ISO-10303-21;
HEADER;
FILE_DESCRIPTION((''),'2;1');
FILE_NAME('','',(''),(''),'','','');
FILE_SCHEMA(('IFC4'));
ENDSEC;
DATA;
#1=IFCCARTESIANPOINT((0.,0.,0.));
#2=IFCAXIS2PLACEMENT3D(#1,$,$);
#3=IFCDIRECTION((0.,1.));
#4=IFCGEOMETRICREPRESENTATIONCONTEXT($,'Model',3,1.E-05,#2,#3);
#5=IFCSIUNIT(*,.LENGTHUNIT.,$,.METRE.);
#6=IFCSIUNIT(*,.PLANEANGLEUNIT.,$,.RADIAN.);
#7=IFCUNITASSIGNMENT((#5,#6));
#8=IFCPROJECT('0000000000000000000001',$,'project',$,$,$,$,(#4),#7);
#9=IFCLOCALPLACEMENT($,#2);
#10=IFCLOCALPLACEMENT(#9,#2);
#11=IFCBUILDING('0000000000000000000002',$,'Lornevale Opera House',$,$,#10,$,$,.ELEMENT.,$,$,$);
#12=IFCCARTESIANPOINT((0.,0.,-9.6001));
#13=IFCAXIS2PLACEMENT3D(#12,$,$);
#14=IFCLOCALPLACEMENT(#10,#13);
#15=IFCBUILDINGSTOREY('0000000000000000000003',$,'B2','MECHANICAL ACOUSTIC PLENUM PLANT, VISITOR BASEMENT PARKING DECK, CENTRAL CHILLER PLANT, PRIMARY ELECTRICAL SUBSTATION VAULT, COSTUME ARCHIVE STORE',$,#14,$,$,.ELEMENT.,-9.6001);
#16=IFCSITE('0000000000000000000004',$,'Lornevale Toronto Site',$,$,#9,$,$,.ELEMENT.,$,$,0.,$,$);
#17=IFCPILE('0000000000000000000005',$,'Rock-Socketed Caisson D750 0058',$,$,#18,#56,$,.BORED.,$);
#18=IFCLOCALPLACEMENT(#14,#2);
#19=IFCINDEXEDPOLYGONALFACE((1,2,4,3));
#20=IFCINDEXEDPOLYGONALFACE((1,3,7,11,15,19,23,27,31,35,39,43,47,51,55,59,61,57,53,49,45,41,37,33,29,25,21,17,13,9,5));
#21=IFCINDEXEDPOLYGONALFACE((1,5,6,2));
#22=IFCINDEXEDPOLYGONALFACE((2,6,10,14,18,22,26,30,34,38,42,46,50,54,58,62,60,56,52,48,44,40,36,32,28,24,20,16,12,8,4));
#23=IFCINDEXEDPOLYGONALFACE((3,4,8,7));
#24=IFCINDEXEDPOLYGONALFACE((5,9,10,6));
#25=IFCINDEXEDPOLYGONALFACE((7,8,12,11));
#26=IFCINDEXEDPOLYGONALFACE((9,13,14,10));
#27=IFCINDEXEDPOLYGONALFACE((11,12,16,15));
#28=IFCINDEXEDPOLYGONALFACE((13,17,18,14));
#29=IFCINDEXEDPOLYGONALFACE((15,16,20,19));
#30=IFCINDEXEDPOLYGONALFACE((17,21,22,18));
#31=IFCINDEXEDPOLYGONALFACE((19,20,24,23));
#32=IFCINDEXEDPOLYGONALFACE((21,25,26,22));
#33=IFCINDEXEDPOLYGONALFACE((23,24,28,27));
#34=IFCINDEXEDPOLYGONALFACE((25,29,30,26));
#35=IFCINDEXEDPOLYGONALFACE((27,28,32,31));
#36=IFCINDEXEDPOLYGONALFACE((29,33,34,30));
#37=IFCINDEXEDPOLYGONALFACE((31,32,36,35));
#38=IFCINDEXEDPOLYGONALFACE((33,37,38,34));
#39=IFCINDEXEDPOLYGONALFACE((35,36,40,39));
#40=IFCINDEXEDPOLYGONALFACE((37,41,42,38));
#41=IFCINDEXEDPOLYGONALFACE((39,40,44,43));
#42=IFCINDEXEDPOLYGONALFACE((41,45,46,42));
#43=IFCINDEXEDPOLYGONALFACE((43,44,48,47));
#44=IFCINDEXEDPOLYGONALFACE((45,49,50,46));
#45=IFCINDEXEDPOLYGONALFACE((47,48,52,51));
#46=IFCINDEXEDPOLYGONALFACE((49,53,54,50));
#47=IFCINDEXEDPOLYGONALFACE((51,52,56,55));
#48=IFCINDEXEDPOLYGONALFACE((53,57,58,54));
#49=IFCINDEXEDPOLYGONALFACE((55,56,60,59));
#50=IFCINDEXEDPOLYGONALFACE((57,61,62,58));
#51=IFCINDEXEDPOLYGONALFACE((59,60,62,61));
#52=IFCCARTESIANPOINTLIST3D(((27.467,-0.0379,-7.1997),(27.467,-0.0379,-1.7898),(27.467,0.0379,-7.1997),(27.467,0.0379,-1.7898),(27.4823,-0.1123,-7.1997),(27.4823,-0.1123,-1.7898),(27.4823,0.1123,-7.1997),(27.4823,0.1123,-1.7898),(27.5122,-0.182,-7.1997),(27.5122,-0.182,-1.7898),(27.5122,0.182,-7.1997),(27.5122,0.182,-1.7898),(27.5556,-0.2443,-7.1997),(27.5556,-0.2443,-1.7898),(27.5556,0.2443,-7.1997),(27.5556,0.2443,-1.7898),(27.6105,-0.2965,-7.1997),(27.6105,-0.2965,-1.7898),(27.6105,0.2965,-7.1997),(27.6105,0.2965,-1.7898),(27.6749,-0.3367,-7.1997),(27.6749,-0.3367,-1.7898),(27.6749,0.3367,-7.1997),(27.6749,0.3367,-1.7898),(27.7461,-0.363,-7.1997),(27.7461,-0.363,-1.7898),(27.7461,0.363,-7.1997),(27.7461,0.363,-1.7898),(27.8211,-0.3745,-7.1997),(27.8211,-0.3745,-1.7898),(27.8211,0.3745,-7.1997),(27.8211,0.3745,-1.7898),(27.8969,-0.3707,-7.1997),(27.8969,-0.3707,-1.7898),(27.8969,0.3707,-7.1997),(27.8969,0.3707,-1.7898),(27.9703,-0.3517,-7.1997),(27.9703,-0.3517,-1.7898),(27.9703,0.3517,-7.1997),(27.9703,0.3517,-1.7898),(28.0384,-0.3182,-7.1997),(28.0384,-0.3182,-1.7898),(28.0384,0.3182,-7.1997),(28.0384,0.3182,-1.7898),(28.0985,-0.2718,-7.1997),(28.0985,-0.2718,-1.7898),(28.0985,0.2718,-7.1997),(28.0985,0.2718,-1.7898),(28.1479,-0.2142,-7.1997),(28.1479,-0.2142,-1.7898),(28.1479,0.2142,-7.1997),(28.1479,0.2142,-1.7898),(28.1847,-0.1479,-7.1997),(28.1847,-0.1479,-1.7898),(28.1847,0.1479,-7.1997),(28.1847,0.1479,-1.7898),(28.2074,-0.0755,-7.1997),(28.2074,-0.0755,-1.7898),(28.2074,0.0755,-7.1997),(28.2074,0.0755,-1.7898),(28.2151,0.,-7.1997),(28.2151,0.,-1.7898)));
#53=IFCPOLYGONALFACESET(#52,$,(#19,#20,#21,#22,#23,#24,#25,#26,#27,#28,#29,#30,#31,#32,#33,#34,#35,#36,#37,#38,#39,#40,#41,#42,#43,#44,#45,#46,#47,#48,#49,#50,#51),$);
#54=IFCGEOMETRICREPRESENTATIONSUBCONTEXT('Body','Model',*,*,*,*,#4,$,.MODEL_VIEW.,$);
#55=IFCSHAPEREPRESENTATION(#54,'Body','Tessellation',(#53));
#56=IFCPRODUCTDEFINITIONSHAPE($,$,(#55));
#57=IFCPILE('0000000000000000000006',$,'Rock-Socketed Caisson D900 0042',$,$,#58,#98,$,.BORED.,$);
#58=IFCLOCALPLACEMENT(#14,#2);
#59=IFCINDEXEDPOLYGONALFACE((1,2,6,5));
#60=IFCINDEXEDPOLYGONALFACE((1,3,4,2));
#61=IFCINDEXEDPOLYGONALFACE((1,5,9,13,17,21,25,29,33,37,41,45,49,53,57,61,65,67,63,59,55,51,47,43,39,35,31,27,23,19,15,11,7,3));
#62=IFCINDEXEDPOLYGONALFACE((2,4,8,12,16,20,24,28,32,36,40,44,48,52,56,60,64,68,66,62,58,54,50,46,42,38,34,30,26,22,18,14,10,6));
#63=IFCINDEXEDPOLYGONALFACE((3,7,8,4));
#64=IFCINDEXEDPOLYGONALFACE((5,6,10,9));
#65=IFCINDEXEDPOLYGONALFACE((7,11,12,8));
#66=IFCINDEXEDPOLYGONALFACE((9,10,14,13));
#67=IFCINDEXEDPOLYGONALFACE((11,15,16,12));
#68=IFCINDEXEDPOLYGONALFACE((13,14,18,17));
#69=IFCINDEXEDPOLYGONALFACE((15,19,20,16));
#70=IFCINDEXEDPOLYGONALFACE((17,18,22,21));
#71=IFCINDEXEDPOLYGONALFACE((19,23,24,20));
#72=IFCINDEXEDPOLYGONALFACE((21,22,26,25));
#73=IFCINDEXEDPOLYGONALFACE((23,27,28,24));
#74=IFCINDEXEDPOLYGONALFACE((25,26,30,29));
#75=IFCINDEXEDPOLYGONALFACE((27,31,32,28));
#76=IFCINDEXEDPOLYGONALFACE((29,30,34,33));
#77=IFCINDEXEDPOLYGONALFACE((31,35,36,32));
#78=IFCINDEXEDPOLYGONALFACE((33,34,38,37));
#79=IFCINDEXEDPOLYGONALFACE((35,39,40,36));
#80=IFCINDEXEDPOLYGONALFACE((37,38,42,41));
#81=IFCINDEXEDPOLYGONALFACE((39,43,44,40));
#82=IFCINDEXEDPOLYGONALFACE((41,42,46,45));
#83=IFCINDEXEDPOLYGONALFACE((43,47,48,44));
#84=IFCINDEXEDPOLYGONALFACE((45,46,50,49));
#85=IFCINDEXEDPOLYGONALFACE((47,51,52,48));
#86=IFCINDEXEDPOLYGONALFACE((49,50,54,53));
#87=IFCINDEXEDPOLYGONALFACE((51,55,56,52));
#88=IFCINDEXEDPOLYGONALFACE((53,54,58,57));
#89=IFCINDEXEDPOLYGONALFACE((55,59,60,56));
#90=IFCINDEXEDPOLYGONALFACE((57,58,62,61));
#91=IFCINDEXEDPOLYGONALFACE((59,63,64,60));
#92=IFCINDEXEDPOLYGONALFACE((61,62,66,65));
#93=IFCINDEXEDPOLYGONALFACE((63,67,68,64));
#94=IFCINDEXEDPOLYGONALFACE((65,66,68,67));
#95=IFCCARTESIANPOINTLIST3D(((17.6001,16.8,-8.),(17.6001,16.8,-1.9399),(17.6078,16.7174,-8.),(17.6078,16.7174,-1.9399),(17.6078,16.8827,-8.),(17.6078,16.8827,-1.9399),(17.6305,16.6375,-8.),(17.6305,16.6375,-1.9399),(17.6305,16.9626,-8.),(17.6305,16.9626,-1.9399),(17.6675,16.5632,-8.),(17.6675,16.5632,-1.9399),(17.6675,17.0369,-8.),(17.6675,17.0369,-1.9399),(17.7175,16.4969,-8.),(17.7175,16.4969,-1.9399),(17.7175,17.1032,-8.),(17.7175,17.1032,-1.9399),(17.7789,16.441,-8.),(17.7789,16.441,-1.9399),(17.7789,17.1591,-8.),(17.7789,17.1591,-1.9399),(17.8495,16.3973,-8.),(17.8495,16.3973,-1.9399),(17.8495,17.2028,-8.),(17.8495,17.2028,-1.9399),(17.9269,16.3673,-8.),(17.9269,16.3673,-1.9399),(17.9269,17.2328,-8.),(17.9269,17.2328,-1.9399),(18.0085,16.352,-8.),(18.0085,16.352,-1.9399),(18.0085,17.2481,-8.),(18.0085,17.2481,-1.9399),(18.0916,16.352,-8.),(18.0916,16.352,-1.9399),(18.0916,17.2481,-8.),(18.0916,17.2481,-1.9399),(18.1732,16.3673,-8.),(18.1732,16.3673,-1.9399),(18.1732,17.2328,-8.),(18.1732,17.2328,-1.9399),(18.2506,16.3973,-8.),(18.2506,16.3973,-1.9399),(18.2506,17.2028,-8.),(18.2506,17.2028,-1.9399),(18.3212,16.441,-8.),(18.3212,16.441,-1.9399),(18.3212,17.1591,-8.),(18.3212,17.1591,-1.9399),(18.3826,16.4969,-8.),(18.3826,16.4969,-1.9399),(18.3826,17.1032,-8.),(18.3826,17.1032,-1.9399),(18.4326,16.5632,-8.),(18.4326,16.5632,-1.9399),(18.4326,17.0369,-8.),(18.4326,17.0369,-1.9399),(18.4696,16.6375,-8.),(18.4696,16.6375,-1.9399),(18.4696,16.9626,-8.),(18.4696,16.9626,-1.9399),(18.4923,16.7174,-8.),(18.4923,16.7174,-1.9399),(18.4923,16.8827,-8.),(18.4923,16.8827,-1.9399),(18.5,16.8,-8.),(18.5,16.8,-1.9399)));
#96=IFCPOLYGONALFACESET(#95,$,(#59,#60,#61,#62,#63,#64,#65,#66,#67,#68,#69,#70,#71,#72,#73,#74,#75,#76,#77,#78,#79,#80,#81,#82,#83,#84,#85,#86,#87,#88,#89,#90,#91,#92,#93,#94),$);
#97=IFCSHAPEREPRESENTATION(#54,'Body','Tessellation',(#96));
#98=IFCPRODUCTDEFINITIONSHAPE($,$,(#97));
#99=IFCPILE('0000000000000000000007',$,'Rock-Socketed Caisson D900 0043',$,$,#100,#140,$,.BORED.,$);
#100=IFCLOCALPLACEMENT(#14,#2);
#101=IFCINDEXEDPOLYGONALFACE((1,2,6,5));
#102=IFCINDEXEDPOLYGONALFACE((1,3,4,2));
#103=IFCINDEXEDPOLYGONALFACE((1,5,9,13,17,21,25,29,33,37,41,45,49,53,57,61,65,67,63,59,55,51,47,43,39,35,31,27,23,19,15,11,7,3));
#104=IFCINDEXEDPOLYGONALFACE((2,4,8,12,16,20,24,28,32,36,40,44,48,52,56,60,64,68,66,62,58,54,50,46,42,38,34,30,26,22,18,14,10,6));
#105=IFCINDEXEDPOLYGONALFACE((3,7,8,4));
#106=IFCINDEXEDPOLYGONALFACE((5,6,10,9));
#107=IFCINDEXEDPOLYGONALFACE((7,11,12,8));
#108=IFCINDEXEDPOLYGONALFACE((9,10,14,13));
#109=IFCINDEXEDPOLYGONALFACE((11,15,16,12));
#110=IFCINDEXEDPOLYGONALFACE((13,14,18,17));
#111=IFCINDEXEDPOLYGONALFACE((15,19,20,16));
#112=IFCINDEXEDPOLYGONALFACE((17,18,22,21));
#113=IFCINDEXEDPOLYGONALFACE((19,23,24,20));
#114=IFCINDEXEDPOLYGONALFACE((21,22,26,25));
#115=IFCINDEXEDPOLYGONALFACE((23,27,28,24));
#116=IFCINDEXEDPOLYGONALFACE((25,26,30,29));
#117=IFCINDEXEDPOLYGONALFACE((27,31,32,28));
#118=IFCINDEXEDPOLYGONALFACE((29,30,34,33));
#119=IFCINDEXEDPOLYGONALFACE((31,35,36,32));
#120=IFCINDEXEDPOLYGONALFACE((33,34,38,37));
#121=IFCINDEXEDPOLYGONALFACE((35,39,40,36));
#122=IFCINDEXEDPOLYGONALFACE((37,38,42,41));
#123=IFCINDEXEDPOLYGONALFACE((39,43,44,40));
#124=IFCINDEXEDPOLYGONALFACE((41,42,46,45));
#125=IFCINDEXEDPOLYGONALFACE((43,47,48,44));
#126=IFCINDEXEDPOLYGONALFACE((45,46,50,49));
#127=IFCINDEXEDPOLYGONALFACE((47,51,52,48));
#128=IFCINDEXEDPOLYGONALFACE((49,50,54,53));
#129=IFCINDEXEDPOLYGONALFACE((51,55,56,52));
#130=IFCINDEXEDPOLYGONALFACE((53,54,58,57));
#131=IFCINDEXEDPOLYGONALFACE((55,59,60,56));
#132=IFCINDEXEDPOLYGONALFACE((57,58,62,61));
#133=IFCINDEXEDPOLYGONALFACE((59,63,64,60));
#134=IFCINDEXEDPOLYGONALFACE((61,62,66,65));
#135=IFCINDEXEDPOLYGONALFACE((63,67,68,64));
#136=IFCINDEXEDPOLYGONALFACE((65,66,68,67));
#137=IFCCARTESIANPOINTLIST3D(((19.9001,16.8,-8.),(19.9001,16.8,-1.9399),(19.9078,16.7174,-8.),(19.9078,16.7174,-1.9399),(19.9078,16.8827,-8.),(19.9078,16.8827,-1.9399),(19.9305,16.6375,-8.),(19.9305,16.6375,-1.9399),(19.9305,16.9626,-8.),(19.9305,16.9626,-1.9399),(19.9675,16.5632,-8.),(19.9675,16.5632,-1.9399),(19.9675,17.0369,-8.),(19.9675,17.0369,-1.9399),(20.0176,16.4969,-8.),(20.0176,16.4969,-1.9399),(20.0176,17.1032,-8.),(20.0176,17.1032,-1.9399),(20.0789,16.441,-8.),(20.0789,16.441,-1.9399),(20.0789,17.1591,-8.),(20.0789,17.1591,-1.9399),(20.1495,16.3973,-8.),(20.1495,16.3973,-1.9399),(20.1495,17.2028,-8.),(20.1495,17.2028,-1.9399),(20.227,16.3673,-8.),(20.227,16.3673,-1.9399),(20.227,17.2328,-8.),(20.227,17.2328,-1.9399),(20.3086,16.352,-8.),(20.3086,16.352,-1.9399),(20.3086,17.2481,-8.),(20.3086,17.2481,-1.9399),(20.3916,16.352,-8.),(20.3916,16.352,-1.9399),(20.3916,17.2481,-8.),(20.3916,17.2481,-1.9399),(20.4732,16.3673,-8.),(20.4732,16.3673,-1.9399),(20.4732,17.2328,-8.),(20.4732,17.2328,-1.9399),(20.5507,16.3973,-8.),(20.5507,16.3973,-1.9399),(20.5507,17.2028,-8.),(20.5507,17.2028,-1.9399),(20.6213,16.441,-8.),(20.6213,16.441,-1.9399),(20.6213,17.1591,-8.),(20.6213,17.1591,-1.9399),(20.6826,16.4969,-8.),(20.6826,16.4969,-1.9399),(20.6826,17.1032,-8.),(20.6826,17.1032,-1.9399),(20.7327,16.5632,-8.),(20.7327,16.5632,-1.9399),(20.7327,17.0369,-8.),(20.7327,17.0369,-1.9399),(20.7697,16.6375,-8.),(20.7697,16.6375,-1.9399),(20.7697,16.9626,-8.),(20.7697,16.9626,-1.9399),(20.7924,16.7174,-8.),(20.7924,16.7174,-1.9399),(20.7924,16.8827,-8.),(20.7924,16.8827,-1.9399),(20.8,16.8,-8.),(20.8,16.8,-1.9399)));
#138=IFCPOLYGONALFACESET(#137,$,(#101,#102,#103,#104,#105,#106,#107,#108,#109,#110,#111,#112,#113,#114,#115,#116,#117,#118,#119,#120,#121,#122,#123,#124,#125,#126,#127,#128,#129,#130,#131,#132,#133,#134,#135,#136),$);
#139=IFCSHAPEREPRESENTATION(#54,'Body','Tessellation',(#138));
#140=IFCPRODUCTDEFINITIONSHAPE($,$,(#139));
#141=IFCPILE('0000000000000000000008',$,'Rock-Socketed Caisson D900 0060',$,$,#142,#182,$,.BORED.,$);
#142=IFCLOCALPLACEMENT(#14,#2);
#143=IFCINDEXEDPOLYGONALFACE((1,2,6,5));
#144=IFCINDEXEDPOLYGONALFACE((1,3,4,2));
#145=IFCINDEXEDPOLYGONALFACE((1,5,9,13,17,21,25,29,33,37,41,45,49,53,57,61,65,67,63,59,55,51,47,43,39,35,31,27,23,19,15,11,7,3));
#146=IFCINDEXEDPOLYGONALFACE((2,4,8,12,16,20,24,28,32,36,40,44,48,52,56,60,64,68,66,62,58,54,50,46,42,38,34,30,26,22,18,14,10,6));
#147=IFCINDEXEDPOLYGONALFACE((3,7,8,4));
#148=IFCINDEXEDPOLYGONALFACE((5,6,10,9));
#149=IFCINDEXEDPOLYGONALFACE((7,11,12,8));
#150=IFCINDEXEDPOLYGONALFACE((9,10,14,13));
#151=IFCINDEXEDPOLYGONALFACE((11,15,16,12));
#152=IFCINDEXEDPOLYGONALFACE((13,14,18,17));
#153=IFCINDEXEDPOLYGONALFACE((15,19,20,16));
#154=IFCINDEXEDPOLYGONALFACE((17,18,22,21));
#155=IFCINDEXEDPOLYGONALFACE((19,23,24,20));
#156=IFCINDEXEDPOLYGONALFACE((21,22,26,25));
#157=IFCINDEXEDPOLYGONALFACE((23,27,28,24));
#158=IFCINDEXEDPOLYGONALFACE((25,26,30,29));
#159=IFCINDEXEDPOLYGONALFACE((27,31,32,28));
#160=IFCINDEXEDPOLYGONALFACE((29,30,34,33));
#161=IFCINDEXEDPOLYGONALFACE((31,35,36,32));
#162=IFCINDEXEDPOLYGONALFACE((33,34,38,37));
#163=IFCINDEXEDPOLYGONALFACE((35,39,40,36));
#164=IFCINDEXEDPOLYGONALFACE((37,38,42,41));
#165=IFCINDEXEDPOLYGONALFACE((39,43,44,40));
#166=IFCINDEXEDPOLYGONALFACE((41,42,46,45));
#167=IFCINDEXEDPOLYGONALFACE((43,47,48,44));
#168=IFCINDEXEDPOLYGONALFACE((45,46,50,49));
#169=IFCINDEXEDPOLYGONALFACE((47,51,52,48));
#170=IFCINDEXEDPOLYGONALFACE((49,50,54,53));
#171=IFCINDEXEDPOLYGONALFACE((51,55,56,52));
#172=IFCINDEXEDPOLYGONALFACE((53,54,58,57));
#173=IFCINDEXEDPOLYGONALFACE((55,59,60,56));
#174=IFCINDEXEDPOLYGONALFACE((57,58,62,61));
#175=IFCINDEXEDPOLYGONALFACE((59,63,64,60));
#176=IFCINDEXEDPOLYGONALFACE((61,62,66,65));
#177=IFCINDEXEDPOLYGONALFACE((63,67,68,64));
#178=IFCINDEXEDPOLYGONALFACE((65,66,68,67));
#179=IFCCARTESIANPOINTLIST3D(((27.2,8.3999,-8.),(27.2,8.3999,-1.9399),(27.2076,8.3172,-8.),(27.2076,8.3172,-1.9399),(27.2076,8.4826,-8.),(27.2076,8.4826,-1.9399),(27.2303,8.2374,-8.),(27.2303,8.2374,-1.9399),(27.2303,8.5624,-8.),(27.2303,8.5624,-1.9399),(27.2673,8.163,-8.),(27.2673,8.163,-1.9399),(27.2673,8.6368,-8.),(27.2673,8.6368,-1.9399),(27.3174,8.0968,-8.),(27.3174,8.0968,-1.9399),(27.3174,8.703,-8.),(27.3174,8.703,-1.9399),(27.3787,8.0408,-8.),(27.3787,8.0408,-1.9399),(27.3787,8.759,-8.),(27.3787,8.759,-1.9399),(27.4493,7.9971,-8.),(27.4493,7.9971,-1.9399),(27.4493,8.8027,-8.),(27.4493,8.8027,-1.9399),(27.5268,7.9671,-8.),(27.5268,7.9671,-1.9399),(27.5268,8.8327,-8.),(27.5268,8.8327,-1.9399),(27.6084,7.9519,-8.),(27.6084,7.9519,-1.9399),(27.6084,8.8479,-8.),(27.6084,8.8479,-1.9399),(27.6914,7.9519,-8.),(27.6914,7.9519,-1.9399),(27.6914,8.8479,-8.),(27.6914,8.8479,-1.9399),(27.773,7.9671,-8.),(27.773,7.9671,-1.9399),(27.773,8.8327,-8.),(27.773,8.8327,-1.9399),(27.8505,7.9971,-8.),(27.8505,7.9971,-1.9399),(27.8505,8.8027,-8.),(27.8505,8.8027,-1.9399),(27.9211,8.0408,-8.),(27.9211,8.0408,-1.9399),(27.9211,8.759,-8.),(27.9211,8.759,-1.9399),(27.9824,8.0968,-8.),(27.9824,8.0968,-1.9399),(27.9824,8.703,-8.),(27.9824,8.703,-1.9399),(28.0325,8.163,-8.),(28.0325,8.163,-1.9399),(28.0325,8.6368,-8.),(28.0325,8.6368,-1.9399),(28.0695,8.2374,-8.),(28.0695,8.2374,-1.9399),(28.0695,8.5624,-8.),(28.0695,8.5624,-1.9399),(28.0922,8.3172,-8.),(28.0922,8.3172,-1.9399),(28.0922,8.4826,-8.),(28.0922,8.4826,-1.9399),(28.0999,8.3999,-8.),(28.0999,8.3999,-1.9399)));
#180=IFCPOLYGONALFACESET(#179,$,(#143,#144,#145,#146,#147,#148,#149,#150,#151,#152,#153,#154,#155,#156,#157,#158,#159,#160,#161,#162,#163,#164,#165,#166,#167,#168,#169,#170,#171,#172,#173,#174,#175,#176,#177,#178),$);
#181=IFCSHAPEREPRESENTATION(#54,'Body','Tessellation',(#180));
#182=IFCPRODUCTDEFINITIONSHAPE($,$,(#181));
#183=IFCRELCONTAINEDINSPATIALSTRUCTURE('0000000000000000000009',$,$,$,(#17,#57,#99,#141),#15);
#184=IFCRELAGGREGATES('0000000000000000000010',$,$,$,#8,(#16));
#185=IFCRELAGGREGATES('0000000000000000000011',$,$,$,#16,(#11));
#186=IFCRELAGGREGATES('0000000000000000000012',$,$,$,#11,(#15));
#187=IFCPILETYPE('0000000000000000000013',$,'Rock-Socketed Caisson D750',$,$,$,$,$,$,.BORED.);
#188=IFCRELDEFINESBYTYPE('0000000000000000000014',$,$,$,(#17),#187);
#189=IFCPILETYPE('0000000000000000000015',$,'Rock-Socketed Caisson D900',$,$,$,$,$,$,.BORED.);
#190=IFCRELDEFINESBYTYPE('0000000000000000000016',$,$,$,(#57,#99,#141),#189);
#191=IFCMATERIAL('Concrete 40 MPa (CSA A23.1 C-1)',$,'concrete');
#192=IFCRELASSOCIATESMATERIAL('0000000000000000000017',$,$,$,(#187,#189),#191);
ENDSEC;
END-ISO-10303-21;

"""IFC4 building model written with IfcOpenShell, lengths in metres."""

from ifc_helpers import new_model, si_unit, direction, frame, origin, origin_2d, place, context, subcontext, project, spatial, circle, extrude, material, material_profile, profile_set, type_object, element, save


model = new_model("IFC4")

# Units and contexts
model_context = context("Model", 3, precision=1e-05, world=origin(), true_north=direction((0.0, 1.0)))
body_context = subcontext(model_context, "Body", "Model", "MODEL_VIEW")
ifc_project = project(units=[si_unit("LENGTHUNIT", "METRE"), si_unit("PLANEANGLEUNIT", "RADIAN")], contexts=[model_context])

# Site, building, storey
site_placement = place(None, origin())
site = spatial("IfcSite", under=ifc_project, at=site_placement, Name="Lornevale Toronto Site", CompositionType="ELEMENT", RefElevation=0.0)
building_placement = place(site_placement, origin())
building = spatial("IfcBuilding", under=site, at=building_placement, Name="Lornevale Opera House", CompositionType="ELEMENT")
storey_placement = place(building_placement, frame((0.0, 0.0, -9.6001)))
storey = spatial("IfcBuildingStorey", under=building, at=storey_placement, Name="B2", Description="MECHANICAL ACOUSTIC PLENUM PLANT, VISITOR BASEMENT PARKING DECK, CENTRAL CHILLER PLANT, PRIMARY ELECTRICAL SUBSTATION VAULT, COSTUME ARCHIVE STORE", CompositionType="ELEMENT", Elevation=-9.6001)

# Piles
ifc_material_1 = material(Name="Concrete 40 MPa (CSA A23.1 C-1)", Category="concrete")
ifc_material_profile_1 = material_profile(ifc_material_1, circle(Radius=0.375, at=origin_2d()), Name="CAIS750")
ifc_profile_set_1 = profile_set([ifc_material_profile_1], Name="Concrete 40 MPa (CSA A23.1 C-1)")
pile_type_1 = type_object("IfcPileType", Name="Rock-Socketed Caisson D750", PredefinedType="BORED", material=ifc_profile_set_1)
for number, where, z_axis, x_axis, name in (
    (1, (27.8401, 0.0, -1.7898), (0.0, 0.0, -1.0), (1.0, 0.0, 0.0), "Rock-Socketed Caisson D750 0058"),
):
    element("IfcPile", number, at=place(storey_placement, frame(where, z_axis=z_axis, x_axis=x_axis)), inside=storey, type_object=pile_type_1, Name=name, PredefinedType="BORED", context=body_context, shape_type="SweptSolid", body=[
        extrude(circle(Radius=0.375, at=origin_2d()), origin(), (0.0, 0.0, 1.0), 5.4099),
    ])
ifc_material_profile_2 = material_profile(ifc_material_1, circle(Radius=0.45, at=origin_2d()), Name="CAIS900")
ifc_profile_set_2 = profile_set([ifc_material_profile_2], Name="Concrete 40 MPa (CSA A23.1 C-1)")
pile_type_2 = type_object("IfcPileType", Name="Rock-Socketed Caisson D900", PredefinedType="BORED", material=ifc_profile_set_2)
for number, where, z_axis, x_axis, name in (
    (2, (18.05, 16.8, -1.9399), (0.0, 0.0, -1.0), (1.0, 0.0, 0.0), "Rock-Socketed Caisson D900 0042"),
    (3, (20.3501, 16.8, -1.9399), (0.0, 0.0, -1.0), (1.0, 0.0, 0.0), "Rock-Socketed Caisson D900 0043"),
    (4, (27.6499, 8.3999, -1.9399), (0.0, 0.0, -1.0), (1.0, 0.0, 0.0), "Rock-Socketed Caisson D900 0060"),
):
    element("IfcPile", number, at=place(storey_placement, frame(where, z_axis=z_axis, x_axis=x_axis)), inside=storey, type_object=pile_type_2, Name=name, PredefinedType="BORED", context=body_context, shape_type="SweptSolid", body=[
        extrude(circle(Radius=0.45, at=origin_2d()), origin(), (0.0, 0.0, 1.0), 6.0601),
    ])

save(model, "model.ifc")
